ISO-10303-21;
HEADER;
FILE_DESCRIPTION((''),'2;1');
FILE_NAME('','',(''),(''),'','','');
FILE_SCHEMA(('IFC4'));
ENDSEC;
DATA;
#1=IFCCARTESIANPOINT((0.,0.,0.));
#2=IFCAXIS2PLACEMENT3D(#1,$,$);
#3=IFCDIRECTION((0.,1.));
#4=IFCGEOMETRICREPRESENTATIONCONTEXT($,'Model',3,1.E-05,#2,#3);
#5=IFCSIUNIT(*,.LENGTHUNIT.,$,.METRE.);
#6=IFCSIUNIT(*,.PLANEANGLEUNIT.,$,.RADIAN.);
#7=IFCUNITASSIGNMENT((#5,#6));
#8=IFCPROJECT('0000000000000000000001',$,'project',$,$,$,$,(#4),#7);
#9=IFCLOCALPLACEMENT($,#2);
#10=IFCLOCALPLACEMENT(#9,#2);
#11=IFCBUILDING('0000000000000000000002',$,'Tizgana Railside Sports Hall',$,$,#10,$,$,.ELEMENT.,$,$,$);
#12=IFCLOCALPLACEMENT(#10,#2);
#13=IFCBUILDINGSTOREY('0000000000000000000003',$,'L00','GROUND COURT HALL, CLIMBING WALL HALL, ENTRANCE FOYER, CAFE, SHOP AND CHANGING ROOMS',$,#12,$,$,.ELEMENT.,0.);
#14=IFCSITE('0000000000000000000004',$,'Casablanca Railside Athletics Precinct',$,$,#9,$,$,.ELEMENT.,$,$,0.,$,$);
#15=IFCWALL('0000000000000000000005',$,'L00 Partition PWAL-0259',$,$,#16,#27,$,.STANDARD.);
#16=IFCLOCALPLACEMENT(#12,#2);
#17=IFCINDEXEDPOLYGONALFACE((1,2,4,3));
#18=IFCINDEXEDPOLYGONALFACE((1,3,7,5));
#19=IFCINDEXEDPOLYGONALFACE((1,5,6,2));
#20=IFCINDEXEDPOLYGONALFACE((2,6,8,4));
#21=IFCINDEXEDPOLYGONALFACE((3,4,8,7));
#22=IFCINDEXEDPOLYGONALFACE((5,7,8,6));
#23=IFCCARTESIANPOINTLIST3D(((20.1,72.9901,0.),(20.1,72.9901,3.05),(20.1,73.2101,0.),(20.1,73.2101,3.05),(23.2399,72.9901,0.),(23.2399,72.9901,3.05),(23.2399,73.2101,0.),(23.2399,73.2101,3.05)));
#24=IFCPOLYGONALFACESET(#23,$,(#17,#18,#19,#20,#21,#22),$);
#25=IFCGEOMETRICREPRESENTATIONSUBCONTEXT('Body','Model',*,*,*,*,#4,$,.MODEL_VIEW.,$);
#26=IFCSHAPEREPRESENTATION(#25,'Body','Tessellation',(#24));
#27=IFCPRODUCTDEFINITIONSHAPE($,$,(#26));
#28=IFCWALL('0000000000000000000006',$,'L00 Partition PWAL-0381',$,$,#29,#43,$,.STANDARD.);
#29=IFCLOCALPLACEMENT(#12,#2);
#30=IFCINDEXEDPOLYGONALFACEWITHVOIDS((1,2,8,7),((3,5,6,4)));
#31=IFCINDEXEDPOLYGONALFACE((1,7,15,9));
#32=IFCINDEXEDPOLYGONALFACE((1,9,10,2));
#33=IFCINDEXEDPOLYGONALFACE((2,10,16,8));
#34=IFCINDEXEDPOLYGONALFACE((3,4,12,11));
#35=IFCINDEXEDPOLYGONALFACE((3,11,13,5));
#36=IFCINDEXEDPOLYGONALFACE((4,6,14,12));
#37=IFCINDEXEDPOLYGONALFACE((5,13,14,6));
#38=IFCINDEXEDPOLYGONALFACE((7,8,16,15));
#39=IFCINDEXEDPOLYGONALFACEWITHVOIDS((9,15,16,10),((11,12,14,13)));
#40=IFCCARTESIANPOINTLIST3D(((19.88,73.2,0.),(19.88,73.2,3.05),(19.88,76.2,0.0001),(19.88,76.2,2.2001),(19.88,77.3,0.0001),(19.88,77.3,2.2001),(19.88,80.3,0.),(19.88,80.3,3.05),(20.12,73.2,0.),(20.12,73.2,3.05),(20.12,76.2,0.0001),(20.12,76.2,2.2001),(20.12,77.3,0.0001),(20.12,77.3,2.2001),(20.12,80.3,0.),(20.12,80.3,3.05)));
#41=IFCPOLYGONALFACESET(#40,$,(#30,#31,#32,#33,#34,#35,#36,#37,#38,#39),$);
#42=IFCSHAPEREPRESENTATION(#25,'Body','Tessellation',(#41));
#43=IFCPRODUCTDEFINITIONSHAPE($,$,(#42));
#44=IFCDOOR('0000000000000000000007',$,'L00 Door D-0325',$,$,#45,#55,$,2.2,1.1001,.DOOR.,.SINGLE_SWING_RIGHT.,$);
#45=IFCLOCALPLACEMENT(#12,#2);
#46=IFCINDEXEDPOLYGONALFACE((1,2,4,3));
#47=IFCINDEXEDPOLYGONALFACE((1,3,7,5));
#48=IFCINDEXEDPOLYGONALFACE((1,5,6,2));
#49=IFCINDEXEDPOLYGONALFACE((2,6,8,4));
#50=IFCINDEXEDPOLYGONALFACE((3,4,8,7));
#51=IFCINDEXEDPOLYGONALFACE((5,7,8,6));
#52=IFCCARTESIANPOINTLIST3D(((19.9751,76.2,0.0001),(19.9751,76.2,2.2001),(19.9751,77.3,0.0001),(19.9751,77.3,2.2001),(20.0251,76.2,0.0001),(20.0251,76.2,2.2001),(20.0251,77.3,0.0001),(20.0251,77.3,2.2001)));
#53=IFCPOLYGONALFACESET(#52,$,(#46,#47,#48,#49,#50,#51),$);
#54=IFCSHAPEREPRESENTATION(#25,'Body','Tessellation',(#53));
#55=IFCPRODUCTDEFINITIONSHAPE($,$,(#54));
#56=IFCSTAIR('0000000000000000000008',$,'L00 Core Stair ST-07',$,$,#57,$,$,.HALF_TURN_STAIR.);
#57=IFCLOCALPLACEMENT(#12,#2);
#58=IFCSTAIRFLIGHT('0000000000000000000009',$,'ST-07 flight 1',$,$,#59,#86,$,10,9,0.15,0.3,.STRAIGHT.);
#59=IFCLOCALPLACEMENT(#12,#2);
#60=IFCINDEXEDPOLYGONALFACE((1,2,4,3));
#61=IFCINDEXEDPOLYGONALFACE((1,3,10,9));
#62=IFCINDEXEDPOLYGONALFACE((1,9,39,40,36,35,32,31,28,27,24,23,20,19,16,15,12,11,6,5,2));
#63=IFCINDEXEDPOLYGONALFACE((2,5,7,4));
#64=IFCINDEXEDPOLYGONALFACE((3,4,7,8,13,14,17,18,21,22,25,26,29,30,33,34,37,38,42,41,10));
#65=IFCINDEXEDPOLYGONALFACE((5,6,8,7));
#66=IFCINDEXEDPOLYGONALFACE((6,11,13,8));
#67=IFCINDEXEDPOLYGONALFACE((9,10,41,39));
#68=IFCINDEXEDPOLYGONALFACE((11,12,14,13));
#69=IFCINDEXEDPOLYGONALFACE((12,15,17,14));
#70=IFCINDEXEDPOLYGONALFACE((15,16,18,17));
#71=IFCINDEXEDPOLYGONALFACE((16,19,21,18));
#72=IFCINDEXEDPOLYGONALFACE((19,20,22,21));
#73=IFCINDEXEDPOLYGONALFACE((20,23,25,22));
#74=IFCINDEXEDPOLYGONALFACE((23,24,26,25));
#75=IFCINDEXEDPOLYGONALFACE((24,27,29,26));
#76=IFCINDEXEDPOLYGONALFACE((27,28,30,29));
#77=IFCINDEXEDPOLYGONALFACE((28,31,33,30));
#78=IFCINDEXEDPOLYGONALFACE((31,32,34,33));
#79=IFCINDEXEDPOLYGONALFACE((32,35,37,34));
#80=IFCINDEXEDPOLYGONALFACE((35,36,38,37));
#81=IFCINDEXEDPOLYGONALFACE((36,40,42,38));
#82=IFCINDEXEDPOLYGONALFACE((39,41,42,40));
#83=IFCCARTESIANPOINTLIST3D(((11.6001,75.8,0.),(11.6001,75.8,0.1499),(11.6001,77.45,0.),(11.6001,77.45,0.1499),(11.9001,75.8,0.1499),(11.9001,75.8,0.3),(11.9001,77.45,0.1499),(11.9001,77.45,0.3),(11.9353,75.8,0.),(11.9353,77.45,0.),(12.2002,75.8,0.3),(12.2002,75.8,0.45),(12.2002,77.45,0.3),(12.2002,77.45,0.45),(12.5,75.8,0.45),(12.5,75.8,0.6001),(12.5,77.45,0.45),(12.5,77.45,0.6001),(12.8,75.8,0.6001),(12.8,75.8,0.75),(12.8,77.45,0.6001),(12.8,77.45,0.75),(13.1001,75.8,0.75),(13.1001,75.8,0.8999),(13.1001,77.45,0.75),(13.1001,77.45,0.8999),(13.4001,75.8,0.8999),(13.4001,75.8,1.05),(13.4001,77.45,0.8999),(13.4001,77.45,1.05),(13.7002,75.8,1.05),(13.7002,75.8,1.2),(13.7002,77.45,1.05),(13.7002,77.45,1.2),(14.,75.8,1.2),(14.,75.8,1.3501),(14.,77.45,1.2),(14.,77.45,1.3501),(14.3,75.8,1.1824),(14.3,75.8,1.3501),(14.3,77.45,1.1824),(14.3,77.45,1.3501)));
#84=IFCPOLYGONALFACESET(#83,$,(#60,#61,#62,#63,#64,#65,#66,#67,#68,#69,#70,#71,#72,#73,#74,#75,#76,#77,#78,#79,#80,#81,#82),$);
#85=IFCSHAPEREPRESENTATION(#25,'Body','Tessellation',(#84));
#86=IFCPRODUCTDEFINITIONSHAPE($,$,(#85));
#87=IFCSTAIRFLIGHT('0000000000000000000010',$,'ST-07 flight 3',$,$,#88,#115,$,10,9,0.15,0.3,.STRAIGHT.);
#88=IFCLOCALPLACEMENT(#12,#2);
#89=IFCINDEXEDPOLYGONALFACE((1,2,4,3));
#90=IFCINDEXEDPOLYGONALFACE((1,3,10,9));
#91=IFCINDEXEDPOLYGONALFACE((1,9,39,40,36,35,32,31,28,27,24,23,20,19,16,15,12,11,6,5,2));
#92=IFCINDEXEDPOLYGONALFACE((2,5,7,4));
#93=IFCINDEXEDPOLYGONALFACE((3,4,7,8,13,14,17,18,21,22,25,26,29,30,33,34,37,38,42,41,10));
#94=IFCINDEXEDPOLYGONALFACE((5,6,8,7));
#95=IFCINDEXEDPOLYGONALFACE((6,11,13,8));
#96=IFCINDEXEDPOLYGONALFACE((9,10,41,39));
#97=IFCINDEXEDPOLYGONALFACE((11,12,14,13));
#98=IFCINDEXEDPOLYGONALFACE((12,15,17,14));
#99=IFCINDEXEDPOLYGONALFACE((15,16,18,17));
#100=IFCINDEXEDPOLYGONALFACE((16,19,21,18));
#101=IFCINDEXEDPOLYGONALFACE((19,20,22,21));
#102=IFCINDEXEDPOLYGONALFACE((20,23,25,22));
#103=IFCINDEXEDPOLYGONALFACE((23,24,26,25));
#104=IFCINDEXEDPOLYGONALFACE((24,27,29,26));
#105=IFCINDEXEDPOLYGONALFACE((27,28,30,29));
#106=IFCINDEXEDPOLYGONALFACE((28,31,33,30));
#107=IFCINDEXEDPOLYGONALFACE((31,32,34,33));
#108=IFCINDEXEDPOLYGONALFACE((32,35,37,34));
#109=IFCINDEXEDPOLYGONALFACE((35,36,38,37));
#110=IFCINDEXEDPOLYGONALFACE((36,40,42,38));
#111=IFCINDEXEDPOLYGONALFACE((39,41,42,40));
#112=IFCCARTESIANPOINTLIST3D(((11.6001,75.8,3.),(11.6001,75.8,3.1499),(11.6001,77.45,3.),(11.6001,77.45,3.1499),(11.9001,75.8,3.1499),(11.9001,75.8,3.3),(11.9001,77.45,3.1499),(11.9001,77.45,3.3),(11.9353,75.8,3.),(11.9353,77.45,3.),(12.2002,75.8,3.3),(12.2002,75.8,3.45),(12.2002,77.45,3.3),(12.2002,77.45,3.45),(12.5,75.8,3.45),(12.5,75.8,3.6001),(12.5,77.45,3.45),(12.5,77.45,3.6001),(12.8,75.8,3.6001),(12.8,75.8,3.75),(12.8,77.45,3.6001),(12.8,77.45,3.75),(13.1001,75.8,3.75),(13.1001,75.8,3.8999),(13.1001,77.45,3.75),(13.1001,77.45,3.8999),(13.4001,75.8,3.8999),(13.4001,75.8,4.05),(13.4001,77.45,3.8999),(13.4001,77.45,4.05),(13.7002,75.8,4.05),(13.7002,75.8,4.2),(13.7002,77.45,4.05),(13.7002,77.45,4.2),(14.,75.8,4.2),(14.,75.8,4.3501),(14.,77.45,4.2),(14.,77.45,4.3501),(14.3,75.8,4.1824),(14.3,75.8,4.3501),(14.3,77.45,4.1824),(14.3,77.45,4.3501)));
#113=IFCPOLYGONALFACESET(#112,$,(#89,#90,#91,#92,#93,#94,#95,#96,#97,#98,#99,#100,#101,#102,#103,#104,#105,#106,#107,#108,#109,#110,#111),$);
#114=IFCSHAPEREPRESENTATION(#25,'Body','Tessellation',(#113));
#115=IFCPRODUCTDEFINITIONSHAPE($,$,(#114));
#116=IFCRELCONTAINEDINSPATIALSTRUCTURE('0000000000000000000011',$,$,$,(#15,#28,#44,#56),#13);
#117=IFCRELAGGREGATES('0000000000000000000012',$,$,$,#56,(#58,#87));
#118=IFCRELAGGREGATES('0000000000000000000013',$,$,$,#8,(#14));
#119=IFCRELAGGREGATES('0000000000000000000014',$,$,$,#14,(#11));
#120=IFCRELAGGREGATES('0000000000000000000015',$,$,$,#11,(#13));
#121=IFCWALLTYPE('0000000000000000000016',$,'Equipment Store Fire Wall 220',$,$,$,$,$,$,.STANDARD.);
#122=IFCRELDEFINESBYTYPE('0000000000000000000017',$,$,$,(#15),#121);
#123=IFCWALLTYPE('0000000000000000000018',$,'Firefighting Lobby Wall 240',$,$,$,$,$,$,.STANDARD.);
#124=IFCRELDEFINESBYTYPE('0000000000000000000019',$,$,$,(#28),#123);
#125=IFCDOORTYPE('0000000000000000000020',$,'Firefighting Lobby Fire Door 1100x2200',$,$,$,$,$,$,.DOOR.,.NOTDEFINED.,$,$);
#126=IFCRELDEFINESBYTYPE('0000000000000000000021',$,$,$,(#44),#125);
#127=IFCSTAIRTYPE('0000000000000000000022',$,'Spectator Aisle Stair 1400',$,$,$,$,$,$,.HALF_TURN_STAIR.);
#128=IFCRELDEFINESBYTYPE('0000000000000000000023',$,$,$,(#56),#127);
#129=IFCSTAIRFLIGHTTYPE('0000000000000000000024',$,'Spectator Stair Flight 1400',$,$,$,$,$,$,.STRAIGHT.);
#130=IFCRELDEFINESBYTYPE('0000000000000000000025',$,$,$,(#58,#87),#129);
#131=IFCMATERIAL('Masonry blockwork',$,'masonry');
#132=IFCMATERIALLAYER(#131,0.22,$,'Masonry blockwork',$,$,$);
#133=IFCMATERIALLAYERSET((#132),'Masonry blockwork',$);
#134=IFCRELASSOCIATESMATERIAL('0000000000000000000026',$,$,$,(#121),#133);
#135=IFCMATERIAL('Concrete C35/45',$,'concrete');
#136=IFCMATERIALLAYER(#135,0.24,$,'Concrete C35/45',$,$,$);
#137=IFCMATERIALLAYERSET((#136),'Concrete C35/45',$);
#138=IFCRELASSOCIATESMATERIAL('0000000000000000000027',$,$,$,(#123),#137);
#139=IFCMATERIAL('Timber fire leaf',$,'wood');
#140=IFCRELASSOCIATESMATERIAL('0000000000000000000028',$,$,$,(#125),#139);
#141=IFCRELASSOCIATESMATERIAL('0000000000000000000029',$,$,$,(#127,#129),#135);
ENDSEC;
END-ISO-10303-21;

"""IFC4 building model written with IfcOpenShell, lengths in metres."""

from ifc_helpers import new_model, si_unit, direction, frame, frame_2d, origin, place, context, subcontext, project, spatial, polyline, rectangle, outline, extrude, material, layer, layer_set, type_object, element, fill, aggregate, save


model = new_model("IFC4")

# Units and contexts
model_context = context("Model", 3, precision=1e-05, world=origin(), true_north=direction((0.0, 1.0)))
body_context = subcontext(model_context, "Body", "Model", "MODEL_VIEW")
ifc_project = project(units=[si_unit("LENGTHUNIT", "METRE"), si_unit("PLANEANGLEUNIT", "RADIAN")], contexts=[model_context])

# Site, building, storey
site_placement = place(None, origin())
site = spatial("IfcSite", under=ifc_project, at=site_placement, Name="Casablanca Railside Athletics Precinct", CompositionType="ELEMENT", RefElevation=0.0)
building_placement = place(site_placement, origin())
building = spatial("IfcBuilding", under=site, at=building_placement, Name="Tizgana Railside Sports Hall", CompositionType="ELEMENT")
storey_placement = place(building_placement, origin())
storey = spatial("IfcBuildingStorey", under=building, at=storey_placement, Name="L00", Description="GROUND COURT HALL, CLIMBING WALL HALL, ENTRANCE FOYER, CAFE, SHOP AND CHANGING ROOMS", CompositionType="ELEMENT", Elevation=0.0)

# Wall
ifc_material_1 = material(Name="Masonry blockwork", Category="masonry")
ifc_layer_1 = layer(ifc_material_1, 0.22, Name="Masonry blockwork")
ifc_layer_set_1 = layer_set([ifc_layer_1], Name="Masonry blockwork")
wall_type_1 = type_object("IfcWallType", Name="Equipment Store Fire Wall 220", PredefinedType="STANDARD", material=ifc_layer_set_1)
wall_1_placement = place(storey_placement, frame((20.1001, 73.1001, 0.0), z_axis=(0.0, 0.0, 1.0), x_axis=(1.0, 0.0, 0.0)))
element("IfcWall", 1, at=wall_1_placement, inside=storey, type_object=wall_type_1, Name="L00 Partition PWAL-0259", PredefinedType="STANDARD", context=body_context, shape_type="SweptSolid", body=[
    extrude(rectangle(XDim=3.1399, YDim=0.22, at=frame_2d((1.5698, 0.0))), origin(), (0.0, 0.0, 1.0), 3.05),
])

# Wall, opening, door
ifc_material_2 = material(Name="Concrete C35/45", Category="concrete")
ifc_layer_2 = layer(ifc_material_2, 0.24, Name="Concrete C35/45")
ifc_layer_set_2 = layer_set([ifc_layer_2], Name="Concrete C35/45")
wall_type_2 = type_object("IfcWallType", Name="Firefighting Lobby Wall 240", PredefinedType="STANDARD", material=ifc_layer_set_2)
wall_2_placement = place(storey_placement, frame((20.0, 73.2, 0.0), z_axis=(0.0, 0.0, 1.0), x_axis=(0.0, 1.0, 0.0)))
wall_2 = element("IfcWall", 2, at=wall_2_placement, inside=storey, type_object=wall_type_2, Name="L00 Partition PWAL-0381", PredefinedType="STANDARD", context=body_context, shape_type="SweptSolid", body=[
    extrude(rectangle(XDim=7.1001, YDim=0.24, at=frame_2d((3.55, 0.0))), origin(), (0.0, 0.0, 1.0), 3.05),
])
opening_placement = place(wall_2_placement, frame((3.0, 0.0, 0.0)))
opening = element("IfcOpeningElement", 3, at=opening_placement, cuts=wall_2, PredefinedType="OPENING", context=body_context, shape_type="SweptSolid", body=[
    extrude(rectangle(XDim=1.1001, YDim=2.2, at=frame_2d((0.55, 1.1001))), frame((0.0, 0.1299, 0.0), z_axis=(0.0, -1.0, 0.0), x_axis=(1.0, 0.0, 0.0)), (0.0, 0.0, 1.0), 0.26),
])
ifc_material_3 = material(Name="Timber fire leaf", Category="wood")
door_type = type_object("IfcDoorType", Name="Firefighting Lobby Fire Door 1100x2200", OperationType="NOTDEFINED", PredefinedType="DOOR", material=ifc_material_3)
door_placement = place(opening_placement, origin())
door = element("IfcDoor", 4, at=door_placement, inside=storey, type_object=door_type, Name="L00 Door D-0325", OperationType="SINGLE_SWING_RIGHT", OverallHeight=2.2, OverallWidth=1.1001, PredefinedType="DOOR", context=body_context, shape_type="SweptSolid", body=[
    extrude(rectangle(XDim=1.1001, YDim=2.2, at=frame_2d((0.55, 1.1001))), frame((0.0, 0.0249, 0.0), z_axis=(0.0, -1.0, 0.0), x_axis=(1.0, 0.0, 0.0)), (0.0, 0.0, 1.0), 0.05),
])
fill(opening, door)

# Stair, stair flights
stair_type = type_object("IfcStairType", Name="Spectator Aisle Stair 1400", PredefinedType="HALF_TURN_STAIR", material=ifc_material_2)
stair_placement = place(storey_placement, origin())
stair = element("IfcStair", 5, at=stair_placement, inside=storey, type_object=stair_type, Name="L00 Core Stair ST-07", PredefinedType="HALF_TURN_STAIR")
stair_flight_type = type_object("IfcStairFlightType", Name="Spectator Stair Flight 1400", PredefinedType="STRAIGHT", material=ifc_material_2)
stair_flight_1_placement = place(storey_placement, frame((11.6001, 76.625, 0.0), z_axis=(0.0, 0.0, 1.0), x_axis=(1.0, 0.0, 0.0)))
stair_flight_1 = element("IfcStairFlight", 6, at=stair_flight_1_placement, type_object=stair_flight_type, Name="ST-07 flight 1", NumberOfRisers=10, NumberOfTreads=9, PredefinedType="STRAIGHT", RiserHeight=0.15, TreadLength=0.3, context=body_context, shape_type="SweptSolid", body=[
    extrude(outline(polyline([(0.0, 0.0), (0.0, 0.1499), (0.3, 0.1499), (0.3, 0.3), (0.6001, 0.3), (0.6001, 0.45), (0.8999, 0.45), (0.8999, 0.6001), (1.2, 0.6001), (1.2, 0.75), (1.5, 0.75), (1.5, 0.8999), (1.8, 0.8999), (1.8, 1.05), (2.1001, 1.05), (2.1001, 1.2), (2.3999, 1.2), (2.3999, 1.3501), (2.7, 1.3501), (2.7, 1.5), (2.7, 1.1824), (0.3352, 0.0), (0.0, 0.0)])), frame((0.0, 0.825, 0.0), z_axis=(0.0, -1.0, 0.0), x_axis=(1.0, 0.0, 0.0)), (0.0, 0.0, 1.0), 1.6499),
])
stair_flight_2_placement = place(storey_placement, frame((11.6001, 76.625, 3.0), z_axis=(0.0, 0.0, 1.0), x_axis=(1.0, 0.0, 0.0)))
stair_flight_2 = element("IfcStairFlight", 7, at=stair_flight_2_placement, type_object=stair_flight_type, Name="ST-07 flight 3", NumberOfRisers=10, NumberOfTreads=9, PredefinedType="STRAIGHT", RiserHeight=0.15, TreadLength=0.3, context=body_context, shape_type="SweptSolid", body=[
    extrude(outline(polyline([(0.0, 0.0), (0.0, 0.1499), (0.3, 0.1499), (0.3, 0.3), (0.6001, 0.3), (0.6001, 0.45), (0.8999, 0.45), (0.8999, 0.6001), (1.2, 0.6001), (1.2, 0.75), (1.5, 0.75), (1.5, 0.8999), (1.8, 0.8999), (1.8, 1.05), (2.1001, 1.05), (2.1001, 1.2), (2.3999, 1.2), (2.3999, 1.3501), (2.7, 1.3501), (2.7, 1.5), (2.7, 1.1824), (0.3352, 0.0), (0.0, 0.0)])), frame((0.0, 0.825, 0.0), z_axis=(0.0, -1.0, 0.0), x_axis=(1.0, 0.0, 0.0)), (0.0, 0.0, 1.0), 1.6499),
])
aggregate(stair, [stair_flight_1, stair_flight_2])

save(model, "model.ifc")
